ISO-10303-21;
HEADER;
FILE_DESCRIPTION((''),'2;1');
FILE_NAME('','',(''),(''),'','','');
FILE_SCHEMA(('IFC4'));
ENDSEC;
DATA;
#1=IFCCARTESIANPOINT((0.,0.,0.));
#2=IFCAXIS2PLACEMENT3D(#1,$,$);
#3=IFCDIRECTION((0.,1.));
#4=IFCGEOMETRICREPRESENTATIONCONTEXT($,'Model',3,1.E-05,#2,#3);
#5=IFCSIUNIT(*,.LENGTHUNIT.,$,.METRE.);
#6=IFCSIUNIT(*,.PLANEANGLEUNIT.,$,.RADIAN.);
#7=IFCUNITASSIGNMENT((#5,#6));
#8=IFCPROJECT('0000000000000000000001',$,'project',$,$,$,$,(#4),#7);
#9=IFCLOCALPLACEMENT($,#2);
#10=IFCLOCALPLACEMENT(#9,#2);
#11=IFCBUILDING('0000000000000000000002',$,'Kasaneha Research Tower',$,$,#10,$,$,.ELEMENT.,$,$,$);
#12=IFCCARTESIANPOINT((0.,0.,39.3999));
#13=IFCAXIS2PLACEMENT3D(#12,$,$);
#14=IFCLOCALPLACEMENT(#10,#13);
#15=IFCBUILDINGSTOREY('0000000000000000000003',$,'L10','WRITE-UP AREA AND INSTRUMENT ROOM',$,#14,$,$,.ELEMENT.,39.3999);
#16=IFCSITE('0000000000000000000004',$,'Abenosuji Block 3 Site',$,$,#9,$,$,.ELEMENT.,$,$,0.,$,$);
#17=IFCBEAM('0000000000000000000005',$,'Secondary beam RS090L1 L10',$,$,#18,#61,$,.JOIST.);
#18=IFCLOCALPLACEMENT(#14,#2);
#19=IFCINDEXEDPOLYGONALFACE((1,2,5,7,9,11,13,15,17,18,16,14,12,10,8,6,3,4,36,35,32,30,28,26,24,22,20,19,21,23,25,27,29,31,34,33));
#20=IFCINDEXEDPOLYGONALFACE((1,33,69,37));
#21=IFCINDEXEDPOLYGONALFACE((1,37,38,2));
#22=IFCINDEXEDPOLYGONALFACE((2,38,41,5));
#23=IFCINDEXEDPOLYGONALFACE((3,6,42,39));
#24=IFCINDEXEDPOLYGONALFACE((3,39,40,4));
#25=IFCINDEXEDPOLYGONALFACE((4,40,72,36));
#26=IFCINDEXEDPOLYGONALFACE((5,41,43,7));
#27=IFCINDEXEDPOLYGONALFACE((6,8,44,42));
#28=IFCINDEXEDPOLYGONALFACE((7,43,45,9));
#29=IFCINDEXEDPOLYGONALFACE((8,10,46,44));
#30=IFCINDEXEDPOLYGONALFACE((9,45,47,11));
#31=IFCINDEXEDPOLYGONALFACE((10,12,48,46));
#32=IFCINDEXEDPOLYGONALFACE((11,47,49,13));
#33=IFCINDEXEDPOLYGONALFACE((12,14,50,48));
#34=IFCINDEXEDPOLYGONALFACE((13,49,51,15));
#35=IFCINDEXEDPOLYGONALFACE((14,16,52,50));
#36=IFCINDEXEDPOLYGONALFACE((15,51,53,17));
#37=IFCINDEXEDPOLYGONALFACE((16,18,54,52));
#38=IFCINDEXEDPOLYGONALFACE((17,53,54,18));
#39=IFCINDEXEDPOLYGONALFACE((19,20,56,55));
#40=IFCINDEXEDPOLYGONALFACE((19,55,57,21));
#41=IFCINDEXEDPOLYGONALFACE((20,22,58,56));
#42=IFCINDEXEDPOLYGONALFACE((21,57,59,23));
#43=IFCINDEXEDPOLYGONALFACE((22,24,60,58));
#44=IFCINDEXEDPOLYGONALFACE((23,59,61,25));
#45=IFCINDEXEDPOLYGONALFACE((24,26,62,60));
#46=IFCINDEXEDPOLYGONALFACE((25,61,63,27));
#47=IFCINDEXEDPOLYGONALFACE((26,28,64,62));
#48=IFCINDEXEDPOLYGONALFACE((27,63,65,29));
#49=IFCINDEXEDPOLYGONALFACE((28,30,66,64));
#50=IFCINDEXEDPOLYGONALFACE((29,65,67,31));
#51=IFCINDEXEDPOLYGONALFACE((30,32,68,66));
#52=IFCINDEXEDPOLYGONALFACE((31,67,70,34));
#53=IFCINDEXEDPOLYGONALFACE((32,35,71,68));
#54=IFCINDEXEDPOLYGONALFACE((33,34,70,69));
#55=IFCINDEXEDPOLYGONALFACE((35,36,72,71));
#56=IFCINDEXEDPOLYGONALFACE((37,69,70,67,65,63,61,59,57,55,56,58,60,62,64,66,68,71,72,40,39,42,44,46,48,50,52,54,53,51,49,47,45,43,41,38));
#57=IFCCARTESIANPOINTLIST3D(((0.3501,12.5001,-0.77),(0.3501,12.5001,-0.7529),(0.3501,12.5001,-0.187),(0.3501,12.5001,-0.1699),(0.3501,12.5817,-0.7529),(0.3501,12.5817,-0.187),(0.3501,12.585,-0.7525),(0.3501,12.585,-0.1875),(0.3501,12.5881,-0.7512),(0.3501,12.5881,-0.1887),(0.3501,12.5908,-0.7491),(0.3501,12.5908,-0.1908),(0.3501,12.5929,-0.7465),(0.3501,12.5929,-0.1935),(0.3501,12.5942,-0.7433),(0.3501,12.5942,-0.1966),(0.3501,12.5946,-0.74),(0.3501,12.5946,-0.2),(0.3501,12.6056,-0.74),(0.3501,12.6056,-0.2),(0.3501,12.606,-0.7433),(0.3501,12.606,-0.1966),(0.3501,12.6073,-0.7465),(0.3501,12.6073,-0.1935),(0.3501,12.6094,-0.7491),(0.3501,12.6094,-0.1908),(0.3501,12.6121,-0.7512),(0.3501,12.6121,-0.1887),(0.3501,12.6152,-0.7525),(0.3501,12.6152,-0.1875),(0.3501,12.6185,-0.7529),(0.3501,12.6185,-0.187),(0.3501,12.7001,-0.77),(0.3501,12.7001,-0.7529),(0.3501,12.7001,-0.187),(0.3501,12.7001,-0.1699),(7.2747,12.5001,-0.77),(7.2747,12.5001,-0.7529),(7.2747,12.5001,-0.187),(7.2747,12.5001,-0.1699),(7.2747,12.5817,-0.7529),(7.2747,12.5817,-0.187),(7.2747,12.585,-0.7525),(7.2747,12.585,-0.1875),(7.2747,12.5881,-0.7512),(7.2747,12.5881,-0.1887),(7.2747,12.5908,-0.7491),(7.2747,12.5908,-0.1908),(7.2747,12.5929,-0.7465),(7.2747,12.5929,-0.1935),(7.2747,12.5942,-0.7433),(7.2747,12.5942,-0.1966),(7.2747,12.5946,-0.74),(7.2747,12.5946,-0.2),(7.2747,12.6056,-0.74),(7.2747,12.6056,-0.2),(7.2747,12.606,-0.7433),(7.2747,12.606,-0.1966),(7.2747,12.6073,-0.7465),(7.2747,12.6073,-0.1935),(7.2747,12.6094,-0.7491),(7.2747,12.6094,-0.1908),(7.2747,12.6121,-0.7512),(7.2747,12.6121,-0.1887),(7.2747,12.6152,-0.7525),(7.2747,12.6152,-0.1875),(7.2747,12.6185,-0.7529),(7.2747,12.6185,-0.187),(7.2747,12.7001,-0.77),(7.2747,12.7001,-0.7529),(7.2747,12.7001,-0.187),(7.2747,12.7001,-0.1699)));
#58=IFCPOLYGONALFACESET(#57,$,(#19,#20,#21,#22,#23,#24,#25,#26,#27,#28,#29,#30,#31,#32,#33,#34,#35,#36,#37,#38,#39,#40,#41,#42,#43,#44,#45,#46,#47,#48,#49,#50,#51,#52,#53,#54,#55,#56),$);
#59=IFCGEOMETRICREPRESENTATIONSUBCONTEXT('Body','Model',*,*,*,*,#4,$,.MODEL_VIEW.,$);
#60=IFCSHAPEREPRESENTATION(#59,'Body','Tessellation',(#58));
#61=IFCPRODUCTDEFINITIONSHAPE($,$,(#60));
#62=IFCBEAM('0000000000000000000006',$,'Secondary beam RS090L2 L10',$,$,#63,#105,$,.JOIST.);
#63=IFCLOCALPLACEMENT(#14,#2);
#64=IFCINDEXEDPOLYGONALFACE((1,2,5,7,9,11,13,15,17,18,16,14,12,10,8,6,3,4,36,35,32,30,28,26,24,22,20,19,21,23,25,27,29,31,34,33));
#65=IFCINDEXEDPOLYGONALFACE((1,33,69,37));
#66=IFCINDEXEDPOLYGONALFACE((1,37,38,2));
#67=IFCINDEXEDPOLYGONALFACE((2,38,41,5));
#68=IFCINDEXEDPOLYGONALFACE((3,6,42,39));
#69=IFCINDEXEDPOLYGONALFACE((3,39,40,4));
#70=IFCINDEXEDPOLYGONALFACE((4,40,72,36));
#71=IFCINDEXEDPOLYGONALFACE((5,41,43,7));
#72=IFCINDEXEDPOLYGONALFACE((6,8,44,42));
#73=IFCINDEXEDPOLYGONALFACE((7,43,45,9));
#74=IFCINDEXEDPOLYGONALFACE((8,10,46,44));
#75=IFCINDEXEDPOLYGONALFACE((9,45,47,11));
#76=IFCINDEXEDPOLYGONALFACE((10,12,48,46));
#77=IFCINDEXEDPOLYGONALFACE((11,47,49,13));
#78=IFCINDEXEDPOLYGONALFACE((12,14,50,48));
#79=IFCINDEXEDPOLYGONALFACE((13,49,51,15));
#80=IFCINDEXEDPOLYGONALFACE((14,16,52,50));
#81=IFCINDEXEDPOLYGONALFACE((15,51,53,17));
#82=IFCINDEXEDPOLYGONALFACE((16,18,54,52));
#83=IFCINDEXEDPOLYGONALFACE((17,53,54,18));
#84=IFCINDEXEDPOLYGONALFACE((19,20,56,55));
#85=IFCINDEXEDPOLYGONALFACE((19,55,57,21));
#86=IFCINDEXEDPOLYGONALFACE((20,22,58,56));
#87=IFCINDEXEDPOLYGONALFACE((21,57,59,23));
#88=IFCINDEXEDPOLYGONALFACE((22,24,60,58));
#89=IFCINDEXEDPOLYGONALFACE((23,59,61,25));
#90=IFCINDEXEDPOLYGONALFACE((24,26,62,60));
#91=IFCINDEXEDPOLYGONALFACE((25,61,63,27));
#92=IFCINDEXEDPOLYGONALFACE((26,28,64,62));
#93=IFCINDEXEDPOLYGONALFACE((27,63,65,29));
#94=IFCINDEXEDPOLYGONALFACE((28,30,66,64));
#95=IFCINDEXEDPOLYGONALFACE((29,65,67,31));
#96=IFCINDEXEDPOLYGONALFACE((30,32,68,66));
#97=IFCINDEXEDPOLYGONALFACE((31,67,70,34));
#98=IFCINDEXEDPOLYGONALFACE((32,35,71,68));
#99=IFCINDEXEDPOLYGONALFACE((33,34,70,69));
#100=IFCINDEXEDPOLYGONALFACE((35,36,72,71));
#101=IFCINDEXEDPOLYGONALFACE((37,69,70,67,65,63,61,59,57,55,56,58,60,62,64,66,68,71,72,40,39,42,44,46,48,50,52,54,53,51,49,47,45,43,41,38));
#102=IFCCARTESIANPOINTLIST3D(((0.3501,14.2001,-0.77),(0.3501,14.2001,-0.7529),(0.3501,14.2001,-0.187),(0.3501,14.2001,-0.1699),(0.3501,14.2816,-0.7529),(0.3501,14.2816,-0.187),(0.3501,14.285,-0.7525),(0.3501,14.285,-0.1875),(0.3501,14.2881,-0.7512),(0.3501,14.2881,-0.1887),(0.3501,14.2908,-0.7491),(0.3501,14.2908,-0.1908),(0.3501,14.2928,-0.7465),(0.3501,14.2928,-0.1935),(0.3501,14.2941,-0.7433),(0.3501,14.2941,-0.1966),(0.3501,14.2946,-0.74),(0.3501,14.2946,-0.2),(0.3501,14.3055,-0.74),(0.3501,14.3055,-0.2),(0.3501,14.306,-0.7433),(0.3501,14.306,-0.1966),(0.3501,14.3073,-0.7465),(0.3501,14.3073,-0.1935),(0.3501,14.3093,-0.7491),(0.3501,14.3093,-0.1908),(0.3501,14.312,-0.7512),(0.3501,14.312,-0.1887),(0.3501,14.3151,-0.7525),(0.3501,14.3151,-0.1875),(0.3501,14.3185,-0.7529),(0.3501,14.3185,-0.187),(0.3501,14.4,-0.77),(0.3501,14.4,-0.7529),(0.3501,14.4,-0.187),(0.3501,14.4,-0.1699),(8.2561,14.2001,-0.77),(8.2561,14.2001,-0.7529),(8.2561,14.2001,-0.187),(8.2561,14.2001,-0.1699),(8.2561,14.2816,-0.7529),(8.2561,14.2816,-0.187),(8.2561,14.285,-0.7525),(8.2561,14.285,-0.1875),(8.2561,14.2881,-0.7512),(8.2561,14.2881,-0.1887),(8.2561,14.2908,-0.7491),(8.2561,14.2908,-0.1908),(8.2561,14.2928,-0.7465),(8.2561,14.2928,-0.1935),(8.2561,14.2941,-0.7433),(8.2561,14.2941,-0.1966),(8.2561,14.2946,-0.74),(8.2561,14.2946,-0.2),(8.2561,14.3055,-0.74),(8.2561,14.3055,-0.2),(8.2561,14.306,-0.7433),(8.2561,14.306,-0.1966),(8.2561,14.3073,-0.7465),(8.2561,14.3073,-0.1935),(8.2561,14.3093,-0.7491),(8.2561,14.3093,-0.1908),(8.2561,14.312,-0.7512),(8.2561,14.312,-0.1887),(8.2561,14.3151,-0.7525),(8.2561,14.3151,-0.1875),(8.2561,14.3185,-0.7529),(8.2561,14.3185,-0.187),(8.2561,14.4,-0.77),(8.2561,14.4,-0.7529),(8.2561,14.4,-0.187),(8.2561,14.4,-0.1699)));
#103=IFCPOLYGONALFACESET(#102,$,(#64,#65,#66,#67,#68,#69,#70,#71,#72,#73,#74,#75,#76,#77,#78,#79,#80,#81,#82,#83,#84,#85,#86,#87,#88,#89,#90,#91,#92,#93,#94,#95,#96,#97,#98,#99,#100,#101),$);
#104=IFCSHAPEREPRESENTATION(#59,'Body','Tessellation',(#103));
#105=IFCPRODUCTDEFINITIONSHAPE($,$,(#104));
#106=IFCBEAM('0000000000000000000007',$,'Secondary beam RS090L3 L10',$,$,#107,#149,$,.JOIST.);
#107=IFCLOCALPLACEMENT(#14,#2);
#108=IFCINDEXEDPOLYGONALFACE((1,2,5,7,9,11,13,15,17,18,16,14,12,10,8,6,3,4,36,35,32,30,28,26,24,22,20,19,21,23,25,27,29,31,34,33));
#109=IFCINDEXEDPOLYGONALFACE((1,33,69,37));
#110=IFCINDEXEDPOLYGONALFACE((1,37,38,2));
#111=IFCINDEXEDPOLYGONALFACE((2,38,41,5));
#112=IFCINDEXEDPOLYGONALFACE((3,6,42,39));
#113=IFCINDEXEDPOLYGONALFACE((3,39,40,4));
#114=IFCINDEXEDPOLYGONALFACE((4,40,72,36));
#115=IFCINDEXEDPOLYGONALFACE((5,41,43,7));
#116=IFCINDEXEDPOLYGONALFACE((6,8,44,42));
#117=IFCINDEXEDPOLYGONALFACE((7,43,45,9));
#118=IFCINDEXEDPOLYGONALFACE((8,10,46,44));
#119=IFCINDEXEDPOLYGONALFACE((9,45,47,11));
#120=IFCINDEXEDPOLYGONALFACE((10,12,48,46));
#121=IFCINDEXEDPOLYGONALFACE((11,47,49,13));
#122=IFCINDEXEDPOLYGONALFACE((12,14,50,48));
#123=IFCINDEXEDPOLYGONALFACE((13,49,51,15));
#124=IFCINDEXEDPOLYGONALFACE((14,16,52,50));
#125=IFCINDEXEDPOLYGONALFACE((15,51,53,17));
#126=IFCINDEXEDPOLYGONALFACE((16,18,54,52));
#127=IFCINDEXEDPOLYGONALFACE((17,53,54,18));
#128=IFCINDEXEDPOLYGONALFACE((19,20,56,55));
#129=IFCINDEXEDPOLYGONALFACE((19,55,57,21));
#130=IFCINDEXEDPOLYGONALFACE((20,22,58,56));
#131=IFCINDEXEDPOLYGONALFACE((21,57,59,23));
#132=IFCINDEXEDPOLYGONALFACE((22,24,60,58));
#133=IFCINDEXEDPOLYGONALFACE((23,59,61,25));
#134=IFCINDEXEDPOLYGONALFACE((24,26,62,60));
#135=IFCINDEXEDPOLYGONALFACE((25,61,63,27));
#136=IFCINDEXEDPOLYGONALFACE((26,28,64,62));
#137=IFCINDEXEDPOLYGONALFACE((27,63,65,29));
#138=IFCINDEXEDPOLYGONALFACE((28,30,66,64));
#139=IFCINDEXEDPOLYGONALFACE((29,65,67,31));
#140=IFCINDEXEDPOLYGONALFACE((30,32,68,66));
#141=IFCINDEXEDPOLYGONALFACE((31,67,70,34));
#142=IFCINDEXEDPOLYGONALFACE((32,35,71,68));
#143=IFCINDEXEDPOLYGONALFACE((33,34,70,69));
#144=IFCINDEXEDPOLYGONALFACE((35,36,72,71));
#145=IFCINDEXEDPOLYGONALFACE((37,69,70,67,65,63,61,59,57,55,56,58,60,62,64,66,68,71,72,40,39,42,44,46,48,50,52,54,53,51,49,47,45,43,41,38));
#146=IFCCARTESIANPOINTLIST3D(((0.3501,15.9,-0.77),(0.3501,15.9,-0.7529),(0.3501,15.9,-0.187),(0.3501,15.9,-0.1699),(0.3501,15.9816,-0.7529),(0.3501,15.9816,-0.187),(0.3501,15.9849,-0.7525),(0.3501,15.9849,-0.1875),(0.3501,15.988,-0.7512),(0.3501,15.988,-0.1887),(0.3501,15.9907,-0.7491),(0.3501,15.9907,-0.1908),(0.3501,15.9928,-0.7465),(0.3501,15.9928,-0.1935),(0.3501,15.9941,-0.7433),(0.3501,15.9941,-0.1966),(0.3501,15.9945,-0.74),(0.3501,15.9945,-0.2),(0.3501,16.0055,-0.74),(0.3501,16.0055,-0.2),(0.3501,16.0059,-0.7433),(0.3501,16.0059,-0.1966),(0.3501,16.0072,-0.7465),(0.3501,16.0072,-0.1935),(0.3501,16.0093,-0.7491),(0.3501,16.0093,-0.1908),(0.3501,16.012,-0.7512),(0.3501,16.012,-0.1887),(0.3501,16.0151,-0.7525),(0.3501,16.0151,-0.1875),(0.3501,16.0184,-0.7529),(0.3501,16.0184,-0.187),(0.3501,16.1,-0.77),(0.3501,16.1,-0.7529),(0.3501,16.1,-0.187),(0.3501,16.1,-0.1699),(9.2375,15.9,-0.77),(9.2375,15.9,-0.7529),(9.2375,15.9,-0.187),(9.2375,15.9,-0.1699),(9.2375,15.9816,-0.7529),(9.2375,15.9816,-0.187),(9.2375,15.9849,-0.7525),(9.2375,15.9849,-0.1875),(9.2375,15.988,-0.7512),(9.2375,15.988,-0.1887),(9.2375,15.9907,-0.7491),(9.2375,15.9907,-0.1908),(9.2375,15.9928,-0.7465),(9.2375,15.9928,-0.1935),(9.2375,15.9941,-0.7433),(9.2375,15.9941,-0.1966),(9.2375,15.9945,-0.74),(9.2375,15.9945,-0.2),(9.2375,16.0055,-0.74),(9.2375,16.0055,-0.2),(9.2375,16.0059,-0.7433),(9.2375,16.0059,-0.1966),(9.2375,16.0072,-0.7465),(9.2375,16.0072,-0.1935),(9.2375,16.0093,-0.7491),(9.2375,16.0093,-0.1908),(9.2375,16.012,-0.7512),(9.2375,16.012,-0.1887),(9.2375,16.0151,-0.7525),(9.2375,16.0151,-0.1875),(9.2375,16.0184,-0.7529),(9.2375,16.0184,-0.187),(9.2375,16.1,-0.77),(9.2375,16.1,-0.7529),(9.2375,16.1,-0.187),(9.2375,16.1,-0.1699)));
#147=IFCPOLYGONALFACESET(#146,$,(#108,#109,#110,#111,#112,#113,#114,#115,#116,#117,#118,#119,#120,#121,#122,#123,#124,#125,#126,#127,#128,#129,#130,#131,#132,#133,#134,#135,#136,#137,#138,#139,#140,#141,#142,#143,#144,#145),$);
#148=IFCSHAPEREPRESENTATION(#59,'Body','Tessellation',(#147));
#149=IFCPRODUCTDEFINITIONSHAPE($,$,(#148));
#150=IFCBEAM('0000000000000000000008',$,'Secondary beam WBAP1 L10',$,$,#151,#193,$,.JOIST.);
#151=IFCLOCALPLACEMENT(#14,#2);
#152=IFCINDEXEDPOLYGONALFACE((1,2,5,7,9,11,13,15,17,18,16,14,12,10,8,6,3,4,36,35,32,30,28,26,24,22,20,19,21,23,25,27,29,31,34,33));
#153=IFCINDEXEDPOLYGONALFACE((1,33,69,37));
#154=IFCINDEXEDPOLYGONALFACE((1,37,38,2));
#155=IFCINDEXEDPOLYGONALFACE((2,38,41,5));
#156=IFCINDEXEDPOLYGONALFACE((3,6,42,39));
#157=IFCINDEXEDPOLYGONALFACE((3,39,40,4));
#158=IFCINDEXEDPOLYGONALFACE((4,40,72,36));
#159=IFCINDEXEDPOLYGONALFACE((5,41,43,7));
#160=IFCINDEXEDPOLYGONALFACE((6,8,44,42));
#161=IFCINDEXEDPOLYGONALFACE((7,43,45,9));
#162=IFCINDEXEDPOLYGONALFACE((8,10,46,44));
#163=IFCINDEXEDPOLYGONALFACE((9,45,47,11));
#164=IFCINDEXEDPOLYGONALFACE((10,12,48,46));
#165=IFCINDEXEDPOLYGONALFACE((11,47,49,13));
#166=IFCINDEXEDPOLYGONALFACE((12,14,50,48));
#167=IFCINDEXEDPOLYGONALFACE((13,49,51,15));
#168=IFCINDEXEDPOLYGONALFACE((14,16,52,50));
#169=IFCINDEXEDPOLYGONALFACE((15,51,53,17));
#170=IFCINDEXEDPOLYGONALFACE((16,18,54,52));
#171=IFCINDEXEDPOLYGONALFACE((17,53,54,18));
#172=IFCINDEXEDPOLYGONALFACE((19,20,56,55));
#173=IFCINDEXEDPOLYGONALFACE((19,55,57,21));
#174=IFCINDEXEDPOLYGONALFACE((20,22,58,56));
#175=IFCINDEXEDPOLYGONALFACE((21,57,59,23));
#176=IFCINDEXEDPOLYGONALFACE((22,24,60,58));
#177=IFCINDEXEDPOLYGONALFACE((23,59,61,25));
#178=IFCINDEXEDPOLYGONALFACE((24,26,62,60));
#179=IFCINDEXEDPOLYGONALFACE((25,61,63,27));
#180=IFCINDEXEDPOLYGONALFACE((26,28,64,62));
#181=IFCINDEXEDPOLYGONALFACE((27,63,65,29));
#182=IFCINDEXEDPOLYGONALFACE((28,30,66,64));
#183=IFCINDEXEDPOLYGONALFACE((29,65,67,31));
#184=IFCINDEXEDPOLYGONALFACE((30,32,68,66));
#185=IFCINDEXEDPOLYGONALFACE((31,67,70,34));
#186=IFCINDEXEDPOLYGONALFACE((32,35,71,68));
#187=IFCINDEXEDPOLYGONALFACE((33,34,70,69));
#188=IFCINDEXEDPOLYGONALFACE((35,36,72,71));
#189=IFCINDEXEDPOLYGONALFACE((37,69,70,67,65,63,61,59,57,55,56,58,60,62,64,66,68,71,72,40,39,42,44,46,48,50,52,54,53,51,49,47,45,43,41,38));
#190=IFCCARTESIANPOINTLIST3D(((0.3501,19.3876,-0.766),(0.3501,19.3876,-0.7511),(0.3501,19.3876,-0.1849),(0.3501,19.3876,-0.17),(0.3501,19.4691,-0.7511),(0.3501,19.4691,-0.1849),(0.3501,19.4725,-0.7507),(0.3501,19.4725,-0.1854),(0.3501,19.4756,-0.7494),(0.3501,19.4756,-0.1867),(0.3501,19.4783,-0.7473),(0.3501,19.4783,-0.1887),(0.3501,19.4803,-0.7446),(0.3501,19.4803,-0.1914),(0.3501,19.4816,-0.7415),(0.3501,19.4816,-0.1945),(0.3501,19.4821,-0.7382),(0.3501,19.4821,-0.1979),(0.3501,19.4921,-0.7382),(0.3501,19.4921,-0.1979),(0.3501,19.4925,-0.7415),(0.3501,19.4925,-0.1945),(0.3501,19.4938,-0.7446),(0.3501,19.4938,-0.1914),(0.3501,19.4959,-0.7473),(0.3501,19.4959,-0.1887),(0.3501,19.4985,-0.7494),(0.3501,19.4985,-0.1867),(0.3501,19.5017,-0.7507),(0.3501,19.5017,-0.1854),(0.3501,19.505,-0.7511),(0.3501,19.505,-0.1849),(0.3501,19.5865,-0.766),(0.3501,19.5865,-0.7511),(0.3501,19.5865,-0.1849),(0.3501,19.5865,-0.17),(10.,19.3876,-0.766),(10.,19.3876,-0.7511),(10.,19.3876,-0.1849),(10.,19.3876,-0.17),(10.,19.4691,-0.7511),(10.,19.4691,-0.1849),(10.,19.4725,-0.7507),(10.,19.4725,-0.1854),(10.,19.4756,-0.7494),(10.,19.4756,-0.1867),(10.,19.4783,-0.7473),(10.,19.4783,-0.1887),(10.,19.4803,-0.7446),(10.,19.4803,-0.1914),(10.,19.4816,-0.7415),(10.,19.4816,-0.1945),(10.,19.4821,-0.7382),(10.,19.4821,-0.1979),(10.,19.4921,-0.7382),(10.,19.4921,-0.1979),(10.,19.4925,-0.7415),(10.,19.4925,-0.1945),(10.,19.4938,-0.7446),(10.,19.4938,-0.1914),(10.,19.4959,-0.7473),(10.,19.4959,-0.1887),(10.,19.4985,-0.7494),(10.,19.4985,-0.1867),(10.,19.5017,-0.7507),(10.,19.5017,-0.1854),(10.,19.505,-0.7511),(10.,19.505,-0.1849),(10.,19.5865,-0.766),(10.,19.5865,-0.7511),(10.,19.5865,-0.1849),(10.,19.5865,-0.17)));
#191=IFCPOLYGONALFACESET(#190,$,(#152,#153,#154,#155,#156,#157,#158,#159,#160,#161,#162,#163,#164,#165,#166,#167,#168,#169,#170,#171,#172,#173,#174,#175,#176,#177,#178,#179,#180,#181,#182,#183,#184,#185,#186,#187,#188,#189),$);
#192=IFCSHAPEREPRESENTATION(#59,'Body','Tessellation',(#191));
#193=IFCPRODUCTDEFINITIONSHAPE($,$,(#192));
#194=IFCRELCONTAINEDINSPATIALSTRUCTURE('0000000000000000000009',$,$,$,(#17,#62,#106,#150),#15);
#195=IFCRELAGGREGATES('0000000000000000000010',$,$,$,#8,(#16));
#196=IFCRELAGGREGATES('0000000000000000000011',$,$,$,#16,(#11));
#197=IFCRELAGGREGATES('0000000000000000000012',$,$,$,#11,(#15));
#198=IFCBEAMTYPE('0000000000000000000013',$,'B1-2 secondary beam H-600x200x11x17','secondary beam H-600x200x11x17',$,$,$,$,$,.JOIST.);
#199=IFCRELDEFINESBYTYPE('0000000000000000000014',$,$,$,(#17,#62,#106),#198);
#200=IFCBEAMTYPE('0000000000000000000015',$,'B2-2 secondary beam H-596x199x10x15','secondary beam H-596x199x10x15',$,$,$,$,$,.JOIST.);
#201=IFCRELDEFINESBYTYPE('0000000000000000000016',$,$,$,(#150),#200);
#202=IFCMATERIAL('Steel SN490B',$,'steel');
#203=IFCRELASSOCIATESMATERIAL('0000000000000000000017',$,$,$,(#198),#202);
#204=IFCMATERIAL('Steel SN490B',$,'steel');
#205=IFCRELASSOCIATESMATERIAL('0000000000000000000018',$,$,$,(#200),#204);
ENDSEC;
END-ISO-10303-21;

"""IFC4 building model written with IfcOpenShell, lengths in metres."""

from ifc_helpers import new_model, si_unit, direction, frame, origin, origin_2d, place, context, subcontext, project, spatial, i_section, extrude, material, material_profile, profile_set, type_object, element, save


model = new_model("IFC4")

# Units and contexts
model_context = context("Model", 3, precision=1e-05, world=origin(), true_north=direction((0.0, 1.0)))
body_context = subcontext(model_context, "Body", "Model", "MODEL_VIEW")
ifc_project = project(units=[si_unit("LENGTHUNIT", "METRE"), si_unit("PLANEANGLEUNIT", "RADIAN")], contexts=[model_context])

# Site, building, storey
site_placement = place(None, origin())
site = spatial("IfcSite", under=ifc_project, at=site_placement, Name="Abenosuji Block 3 Site", CompositionType="ELEMENT", RefElevation=0.0)
building_placement = place(site_placement, origin())
building = spatial("IfcBuilding", under=site, at=building_placement, Name="Kasaneha Research Tower", CompositionType="ELEMENT")
storey_placement = place(building_placement, frame((0.0, 0.0, 39.3999)))
storey = spatial("IfcBuildingStorey", under=building, at=storey_placement, Name="L10", Description="WRITE-UP AREA AND INSTRUMENT ROOM", CompositionType="ELEMENT", Elevation=39.3999)

# Beams
ifc_material_1 = material(Name="Steel SN490B", Category="steel")
ifc_material_profile_1 = material_profile(ifc_material_1, i_section(OverallWidth=0.2, OverallDepth=0.6001, WebThickness=0.011, FlangeThickness=0.0171, FilletRadius=0.0129, at=origin_2d()), Name="H-600x200x11x17")
ifc_profile_set_1 = profile_set([ifc_material_profile_1], Name="Steel SN490B")
beam_type_1 = type_object("IfcBeamType", Name="B1-2 secondary beam H-600x200x11x17", Description="secondary beam H-600x200x11x17", PredefinedType="JOIST", material=ifc_profile_set_1)
beam_1_placement = place(storey_placement, frame((7.2747, 12.6001, -0.47), z_axis=(-1.0, 0.0, 0.0), x_axis=(0.0, -1.0, 0.0)))
element("IfcBeam", 1, at=beam_1_placement, inside=storey, type_object=beam_type_1, Name="Secondary beam RS090L1 L10", PredefinedType="JOIST", context=body_context, shape_type="SweptSolid", body=[
    extrude(i_section(OverallWidth=0.2, OverallDepth=0.6001, WebThickness=0.011, FlangeThickness=0.0171, FilletRadius=0.0129, at=origin_2d()), origin(), (0.0, 0.0, 1.0), 6.9246),
])
beam_2_placement = place(storey_placement, frame((8.2561, 14.3, -0.47), z_axis=(-1.0, 0.0, 0.0), x_axis=(0.0, -1.0, 0.0)))
element("IfcBeam", 2, at=beam_2_placement, inside=storey, type_object=beam_type_1, Name="Secondary beam RS090L2 L10", PredefinedType="JOIST", context=body_context, shape_type="SweptSolid", body=[
    extrude(i_section(OverallWidth=0.2, OverallDepth=0.6001, WebThickness=0.011, FlangeThickness=0.0171, FilletRadius=0.0129, at=origin_2d()), origin(), (0.0, 0.0, 1.0), 7.906),
])
beam_3_placement = place(storey_placement, frame((9.2375, 16.0, -0.47), z_axis=(-1.0, 0.0, 0.0), x_axis=(0.0, -1.0, 0.0)))
element("IfcBeam", 3, at=beam_3_placement, inside=storey, type_object=beam_type_1, Name="Secondary beam RS090L3 L10", PredefinedType="JOIST", context=body_context, shape_type="SweptSolid", body=[
    extrude(i_section(OverallWidth=0.2, OverallDepth=0.6001, WebThickness=0.011, FlangeThickness=0.0171, FilletRadius=0.0129, at=origin_2d()), origin(), (0.0, 0.0, 1.0), 8.8875),
])
ifc_material_2 = material(Name="Steel SN490B", Category="steel")
ifc_material_profile_2 = material_profile(ifc_material_2, i_section(OverallWidth=0.199, OverallDepth=0.5959, WebThickness=0.01, FlangeThickness=0.0149, FilletRadius=0.0129, at=origin_2d()), Name="H-596x199x10x15")
ifc_profile_set_2 = profile_set([ifc_material_profile_2], Name="Steel SN490B")
beam_type_2 = type_object("IfcBeamType", Name="B2-2 secondary beam H-596x199x10x15", Description="secondary beam H-596x199x10x15", PredefinedType="JOIST", material=ifc_profile_set_2)
for number, where, z_axis, x_axis, name in (
    (4, (10.0, 19.4871, -0.468), (-1.0, 0.0, 0.0), (0.0, -1.0, 0.0), "Secondary beam WBAP1 L10"),
):
    element("IfcBeam", number, at=place(storey_placement, frame(where, z_axis=z_axis, x_axis=x_axis)), inside=storey, type_object=beam_type_2, Name=name, PredefinedType="JOIST", context=body_context, shape_type="SweptSolid", body=[
        extrude(i_section(OverallWidth=0.199, OverallDepth=0.5959, WebThickness=0.01, FlangeThickness=0.0149, FilletRadius=0.0129, at=origin_2d()), origin(), (0.0, 0.0, 1.0), 9.6499),
    ])

save(model, "model.ifc")
